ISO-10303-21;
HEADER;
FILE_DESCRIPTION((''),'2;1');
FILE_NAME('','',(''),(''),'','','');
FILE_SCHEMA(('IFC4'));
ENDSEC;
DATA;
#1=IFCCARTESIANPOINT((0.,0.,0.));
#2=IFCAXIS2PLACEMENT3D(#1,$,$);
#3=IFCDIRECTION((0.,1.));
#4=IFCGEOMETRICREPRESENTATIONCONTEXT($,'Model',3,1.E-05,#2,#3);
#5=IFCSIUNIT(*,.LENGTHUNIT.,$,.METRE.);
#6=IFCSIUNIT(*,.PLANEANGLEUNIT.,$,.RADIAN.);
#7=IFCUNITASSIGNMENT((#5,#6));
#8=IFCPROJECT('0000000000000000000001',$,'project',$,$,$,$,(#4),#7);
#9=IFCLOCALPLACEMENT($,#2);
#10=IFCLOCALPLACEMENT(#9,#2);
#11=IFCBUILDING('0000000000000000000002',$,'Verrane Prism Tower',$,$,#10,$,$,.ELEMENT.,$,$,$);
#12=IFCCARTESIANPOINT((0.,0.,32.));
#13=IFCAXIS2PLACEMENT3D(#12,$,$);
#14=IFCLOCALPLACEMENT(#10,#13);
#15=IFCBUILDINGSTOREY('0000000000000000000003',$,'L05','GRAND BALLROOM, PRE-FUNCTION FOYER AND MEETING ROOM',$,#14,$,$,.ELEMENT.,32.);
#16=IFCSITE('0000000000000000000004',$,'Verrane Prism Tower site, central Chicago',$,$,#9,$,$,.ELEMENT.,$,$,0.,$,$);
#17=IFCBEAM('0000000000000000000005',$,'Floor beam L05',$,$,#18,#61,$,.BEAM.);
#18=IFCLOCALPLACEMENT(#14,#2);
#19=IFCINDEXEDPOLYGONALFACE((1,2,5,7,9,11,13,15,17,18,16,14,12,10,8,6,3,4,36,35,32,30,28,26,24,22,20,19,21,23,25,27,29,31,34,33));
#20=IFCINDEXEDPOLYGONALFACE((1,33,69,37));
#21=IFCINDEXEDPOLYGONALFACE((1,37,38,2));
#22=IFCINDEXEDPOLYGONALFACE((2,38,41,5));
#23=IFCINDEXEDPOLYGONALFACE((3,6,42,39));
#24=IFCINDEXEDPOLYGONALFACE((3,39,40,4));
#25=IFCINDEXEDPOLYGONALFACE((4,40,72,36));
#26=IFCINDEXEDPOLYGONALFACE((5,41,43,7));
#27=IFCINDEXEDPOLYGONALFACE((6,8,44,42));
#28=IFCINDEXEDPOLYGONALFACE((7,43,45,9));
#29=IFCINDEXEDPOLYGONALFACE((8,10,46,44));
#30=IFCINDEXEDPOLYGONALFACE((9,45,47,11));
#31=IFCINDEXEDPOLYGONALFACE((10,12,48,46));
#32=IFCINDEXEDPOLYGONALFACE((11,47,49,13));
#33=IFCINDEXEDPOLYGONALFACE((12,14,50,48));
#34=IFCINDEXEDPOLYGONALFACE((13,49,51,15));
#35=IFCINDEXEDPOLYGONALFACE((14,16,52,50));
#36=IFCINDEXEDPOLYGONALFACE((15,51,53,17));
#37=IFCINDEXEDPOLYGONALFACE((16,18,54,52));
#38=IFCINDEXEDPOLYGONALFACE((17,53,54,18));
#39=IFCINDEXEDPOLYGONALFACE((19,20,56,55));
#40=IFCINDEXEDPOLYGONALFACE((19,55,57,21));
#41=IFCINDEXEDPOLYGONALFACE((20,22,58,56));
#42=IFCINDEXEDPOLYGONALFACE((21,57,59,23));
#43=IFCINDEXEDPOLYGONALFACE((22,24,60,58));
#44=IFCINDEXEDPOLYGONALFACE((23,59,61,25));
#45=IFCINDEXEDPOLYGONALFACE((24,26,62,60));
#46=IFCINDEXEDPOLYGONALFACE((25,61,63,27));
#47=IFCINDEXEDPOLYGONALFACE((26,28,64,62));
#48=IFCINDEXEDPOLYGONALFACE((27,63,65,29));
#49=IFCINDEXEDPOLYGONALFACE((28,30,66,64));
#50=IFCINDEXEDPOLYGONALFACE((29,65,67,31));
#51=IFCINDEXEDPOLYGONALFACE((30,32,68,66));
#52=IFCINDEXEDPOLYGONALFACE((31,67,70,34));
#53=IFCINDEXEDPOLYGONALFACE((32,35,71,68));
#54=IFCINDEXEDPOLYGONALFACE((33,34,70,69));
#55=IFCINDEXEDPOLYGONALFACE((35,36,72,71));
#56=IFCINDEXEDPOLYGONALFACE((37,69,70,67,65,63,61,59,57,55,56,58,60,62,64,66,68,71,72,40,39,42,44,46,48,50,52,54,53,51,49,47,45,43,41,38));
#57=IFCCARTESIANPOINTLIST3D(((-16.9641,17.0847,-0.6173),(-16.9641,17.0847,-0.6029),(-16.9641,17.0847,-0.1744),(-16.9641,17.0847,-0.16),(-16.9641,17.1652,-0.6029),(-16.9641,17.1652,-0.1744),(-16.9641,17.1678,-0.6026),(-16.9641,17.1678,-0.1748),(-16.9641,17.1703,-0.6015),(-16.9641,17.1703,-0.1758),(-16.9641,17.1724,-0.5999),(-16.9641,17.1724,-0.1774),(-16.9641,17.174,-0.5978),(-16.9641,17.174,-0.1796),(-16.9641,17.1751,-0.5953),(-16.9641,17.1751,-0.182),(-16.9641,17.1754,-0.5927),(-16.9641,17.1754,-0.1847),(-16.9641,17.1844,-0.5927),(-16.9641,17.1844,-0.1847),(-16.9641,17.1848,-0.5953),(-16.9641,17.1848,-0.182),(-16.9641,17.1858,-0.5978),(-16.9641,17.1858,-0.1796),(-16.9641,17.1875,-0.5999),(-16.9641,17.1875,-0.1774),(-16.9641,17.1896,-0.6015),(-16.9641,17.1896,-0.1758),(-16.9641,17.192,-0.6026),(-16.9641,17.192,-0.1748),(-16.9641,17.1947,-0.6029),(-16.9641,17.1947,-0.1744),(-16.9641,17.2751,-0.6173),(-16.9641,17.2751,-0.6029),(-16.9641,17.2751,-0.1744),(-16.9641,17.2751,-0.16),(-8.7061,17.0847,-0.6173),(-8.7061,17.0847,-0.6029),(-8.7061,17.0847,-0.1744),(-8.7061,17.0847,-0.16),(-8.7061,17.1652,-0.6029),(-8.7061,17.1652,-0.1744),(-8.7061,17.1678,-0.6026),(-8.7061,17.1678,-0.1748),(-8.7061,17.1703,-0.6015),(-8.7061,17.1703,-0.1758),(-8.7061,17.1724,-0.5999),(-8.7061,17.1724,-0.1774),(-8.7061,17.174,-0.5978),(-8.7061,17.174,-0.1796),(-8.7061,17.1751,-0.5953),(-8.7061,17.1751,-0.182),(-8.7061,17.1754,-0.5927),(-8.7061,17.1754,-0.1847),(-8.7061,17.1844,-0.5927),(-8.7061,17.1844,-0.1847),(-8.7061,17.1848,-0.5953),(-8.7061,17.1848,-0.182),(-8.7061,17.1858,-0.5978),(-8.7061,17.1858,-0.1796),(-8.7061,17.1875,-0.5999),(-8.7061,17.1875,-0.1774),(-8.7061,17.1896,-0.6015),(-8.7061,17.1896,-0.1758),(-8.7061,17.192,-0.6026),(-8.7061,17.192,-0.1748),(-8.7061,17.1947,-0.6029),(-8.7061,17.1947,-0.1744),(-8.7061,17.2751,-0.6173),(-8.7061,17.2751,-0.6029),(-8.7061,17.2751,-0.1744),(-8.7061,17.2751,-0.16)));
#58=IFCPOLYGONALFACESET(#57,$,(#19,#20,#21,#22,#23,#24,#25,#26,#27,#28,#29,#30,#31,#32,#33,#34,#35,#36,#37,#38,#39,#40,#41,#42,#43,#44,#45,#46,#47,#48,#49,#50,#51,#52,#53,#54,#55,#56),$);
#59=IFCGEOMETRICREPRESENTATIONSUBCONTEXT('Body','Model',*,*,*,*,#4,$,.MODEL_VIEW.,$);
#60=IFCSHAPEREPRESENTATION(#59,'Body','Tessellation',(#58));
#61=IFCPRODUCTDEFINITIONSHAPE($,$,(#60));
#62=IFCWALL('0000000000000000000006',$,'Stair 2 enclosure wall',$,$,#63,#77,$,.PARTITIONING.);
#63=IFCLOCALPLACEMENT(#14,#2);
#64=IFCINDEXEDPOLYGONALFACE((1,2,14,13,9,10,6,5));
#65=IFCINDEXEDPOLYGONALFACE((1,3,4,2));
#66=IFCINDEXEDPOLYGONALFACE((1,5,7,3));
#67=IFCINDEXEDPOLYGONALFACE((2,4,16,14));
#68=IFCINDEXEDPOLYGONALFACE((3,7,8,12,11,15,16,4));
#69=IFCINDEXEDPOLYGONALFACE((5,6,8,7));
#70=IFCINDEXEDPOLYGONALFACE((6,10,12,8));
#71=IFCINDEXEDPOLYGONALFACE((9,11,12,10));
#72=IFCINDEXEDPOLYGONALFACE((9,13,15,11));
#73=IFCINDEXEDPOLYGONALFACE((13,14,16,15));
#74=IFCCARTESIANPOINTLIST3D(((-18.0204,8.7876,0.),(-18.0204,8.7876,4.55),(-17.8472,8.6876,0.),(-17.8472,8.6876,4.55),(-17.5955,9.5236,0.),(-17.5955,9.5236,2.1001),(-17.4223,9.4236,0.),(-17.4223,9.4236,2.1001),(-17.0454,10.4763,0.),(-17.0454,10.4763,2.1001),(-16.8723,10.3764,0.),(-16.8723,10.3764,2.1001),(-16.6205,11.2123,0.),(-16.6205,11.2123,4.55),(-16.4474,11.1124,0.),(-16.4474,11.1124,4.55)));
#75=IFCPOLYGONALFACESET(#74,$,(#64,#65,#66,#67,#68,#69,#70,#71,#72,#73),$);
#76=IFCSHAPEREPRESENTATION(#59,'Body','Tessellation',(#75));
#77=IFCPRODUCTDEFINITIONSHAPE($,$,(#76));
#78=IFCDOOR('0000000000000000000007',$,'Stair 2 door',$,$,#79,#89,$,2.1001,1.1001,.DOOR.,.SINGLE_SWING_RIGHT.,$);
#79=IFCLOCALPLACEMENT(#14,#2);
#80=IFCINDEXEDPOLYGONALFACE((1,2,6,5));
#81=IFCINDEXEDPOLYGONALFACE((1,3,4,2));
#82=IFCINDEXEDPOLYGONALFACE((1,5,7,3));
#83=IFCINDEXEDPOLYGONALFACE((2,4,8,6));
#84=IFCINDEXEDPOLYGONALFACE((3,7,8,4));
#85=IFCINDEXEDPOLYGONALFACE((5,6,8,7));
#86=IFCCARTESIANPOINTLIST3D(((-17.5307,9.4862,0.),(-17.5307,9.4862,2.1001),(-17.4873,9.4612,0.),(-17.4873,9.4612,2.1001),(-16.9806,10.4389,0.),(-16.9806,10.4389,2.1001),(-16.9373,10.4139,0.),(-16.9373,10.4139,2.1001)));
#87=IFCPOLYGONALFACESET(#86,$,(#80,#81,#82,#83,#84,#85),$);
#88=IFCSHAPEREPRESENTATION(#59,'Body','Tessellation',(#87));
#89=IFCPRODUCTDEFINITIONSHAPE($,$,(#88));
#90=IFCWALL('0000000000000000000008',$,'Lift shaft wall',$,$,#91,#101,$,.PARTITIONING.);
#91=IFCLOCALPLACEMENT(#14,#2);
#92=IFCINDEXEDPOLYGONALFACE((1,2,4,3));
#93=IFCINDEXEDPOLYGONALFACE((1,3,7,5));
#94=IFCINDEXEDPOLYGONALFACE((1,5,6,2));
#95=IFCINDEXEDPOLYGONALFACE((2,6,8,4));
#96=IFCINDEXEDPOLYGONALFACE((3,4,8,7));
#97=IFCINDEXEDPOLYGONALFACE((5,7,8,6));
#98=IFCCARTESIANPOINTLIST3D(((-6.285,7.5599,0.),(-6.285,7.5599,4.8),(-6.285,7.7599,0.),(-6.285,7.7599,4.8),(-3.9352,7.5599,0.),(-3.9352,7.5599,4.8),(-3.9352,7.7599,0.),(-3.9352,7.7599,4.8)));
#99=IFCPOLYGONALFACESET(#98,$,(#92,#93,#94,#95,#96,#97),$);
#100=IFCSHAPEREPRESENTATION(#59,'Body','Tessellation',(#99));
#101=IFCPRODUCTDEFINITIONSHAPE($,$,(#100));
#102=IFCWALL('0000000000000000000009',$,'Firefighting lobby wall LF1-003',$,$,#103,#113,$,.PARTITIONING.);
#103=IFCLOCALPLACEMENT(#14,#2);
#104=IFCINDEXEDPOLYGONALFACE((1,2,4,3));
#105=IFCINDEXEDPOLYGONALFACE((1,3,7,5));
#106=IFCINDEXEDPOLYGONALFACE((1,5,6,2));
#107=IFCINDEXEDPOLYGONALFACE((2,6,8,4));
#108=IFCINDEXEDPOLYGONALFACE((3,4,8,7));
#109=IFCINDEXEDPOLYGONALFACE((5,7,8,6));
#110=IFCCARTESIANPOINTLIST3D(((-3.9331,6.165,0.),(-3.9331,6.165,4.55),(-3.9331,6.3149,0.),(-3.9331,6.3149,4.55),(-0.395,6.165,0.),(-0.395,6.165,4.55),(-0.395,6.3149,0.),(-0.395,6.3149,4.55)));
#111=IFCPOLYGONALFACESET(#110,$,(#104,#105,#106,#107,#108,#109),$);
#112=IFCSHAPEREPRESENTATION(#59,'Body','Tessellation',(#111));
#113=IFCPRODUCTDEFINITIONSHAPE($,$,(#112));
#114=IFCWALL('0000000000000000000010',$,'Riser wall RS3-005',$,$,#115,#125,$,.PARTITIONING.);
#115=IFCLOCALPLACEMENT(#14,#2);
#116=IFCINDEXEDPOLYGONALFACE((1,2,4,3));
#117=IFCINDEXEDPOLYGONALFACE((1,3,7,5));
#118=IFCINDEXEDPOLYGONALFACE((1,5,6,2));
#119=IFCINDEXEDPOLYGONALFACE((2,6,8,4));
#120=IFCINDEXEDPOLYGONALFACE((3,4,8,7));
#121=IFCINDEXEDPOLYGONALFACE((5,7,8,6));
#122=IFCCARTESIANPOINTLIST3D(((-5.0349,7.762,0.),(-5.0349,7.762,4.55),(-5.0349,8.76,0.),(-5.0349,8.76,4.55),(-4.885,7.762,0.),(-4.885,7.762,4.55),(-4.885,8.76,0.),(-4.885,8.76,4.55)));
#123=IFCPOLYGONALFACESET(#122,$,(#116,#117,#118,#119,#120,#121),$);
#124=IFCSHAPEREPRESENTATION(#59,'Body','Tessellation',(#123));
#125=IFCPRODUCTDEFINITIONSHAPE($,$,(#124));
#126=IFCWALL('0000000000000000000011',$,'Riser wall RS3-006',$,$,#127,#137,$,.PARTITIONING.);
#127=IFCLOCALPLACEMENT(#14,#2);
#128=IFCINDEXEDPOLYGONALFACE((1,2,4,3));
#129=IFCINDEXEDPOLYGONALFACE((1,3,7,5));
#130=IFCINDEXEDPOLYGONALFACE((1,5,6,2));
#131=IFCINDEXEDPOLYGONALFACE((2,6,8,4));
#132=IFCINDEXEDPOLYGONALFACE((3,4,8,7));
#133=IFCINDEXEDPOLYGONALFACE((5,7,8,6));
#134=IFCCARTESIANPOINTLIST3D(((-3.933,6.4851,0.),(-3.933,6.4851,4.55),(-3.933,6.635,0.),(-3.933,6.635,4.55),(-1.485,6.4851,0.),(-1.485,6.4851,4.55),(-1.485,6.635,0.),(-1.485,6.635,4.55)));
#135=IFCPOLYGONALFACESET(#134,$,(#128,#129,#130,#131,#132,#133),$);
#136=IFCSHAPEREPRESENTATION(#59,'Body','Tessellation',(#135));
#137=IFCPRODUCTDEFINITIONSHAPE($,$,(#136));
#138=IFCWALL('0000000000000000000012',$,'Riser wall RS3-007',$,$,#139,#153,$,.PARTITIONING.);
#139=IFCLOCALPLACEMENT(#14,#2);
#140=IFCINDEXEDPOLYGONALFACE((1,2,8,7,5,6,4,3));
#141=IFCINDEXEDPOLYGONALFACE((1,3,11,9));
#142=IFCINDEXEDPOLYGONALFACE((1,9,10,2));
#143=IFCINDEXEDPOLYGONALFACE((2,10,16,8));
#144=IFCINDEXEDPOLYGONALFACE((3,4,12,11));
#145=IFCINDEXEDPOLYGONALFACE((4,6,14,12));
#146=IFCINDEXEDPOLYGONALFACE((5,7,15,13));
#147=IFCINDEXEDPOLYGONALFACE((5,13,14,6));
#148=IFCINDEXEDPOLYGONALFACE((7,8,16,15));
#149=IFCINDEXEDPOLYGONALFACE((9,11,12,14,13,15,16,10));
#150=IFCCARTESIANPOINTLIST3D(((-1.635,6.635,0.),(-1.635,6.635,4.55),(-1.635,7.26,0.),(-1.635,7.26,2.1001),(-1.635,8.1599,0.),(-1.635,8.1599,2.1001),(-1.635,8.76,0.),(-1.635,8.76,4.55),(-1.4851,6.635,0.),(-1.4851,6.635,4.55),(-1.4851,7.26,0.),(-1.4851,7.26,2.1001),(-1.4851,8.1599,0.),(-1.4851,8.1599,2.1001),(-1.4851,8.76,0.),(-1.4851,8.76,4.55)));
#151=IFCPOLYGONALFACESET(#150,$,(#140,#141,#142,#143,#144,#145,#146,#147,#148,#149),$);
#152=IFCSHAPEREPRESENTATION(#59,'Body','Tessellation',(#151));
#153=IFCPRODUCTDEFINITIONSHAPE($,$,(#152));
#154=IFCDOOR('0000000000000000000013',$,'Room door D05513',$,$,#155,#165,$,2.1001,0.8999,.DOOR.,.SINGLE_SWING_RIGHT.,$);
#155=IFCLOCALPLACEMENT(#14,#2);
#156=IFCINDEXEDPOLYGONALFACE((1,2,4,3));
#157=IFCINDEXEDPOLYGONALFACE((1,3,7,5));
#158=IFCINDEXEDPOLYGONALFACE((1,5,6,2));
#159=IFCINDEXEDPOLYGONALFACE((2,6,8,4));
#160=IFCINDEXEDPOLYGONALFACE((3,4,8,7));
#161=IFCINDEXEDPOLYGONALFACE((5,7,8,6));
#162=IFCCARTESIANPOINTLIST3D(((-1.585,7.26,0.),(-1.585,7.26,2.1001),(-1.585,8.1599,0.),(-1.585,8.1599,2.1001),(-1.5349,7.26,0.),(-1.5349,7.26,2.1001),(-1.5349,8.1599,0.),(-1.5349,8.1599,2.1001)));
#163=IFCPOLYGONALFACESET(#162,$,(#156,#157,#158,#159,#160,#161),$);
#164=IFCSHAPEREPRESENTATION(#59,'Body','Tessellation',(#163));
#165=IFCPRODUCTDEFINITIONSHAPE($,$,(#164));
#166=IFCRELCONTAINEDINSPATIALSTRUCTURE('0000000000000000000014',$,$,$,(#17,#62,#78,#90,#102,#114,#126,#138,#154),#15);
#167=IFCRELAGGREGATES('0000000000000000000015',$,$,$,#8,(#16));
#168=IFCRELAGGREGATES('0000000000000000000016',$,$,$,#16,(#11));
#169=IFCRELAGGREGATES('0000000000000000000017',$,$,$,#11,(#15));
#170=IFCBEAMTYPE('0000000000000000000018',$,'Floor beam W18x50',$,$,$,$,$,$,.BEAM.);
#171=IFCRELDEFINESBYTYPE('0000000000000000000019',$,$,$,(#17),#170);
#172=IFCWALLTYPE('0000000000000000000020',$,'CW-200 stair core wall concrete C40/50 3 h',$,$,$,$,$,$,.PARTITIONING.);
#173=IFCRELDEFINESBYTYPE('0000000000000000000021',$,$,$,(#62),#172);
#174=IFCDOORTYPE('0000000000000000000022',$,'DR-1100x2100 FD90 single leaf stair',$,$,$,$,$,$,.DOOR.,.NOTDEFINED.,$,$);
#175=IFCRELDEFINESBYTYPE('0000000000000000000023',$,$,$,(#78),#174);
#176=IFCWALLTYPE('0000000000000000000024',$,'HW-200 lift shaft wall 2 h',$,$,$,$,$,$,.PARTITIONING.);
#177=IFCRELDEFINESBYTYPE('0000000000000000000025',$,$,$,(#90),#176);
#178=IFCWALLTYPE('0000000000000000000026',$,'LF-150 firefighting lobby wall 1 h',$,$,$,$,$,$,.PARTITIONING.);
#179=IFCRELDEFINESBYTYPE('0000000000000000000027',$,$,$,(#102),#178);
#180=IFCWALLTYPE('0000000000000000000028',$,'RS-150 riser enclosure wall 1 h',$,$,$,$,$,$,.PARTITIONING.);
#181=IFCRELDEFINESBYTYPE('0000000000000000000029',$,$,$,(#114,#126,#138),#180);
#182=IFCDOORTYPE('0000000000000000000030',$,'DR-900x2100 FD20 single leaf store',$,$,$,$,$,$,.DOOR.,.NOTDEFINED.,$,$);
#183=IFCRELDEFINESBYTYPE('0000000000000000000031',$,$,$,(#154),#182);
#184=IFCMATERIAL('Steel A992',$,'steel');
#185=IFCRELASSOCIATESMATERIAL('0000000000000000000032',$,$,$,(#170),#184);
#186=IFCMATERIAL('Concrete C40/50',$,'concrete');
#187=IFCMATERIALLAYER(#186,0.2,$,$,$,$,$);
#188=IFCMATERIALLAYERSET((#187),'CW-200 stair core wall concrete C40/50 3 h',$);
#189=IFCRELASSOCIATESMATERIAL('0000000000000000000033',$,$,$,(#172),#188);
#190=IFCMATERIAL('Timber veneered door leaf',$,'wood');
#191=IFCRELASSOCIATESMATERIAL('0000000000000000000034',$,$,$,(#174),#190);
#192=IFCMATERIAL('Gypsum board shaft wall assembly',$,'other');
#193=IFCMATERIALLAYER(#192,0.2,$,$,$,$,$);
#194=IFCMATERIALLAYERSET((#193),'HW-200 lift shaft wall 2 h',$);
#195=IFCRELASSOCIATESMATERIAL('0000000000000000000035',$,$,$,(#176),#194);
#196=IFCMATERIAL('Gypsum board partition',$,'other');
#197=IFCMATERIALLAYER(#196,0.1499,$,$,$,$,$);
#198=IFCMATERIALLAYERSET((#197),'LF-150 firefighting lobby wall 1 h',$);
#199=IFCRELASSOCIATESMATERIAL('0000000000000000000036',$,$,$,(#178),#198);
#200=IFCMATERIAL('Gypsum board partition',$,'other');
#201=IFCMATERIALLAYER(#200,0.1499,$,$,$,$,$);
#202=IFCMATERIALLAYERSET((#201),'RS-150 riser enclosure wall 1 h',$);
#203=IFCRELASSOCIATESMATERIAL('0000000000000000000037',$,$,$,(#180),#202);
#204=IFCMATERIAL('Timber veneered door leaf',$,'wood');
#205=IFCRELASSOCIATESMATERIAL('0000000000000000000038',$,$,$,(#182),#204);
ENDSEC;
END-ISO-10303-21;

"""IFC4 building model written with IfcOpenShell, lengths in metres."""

from ifc_helpers import new_model, si_unit, direction, frame, frame_2d, origin, origin_2d, place, context, subcontext, project, spatial, rectangle, i_section, extrude, material, layer, layer_set, material_profile, profile_set, type_object, element, fill, save


model = new_model("IFC4")

# Units and contexts
model_context = context("Model", 3, precision=1e-05, world=origin(), true_north=direction((0.0, 1.0)))
body_context = subcontext(model_context, "Body", "Model", "MODEL_VIEW")
ifc_project = project(units=[si_unit("LENGTHUNIT", "METRE"), si_unit("PLANEANGLEUNIT", "RADIAN")], contexts=[model_context])

# Site, building, storey
site_placement = place(None, origin())
site = spatial("IfcSite", under=ifc_project, at=site_placement, Name="Verrane Prism Tower site, central Chicago", CompositionType="ELEMENT", RefElevation=0.0)
building_placement = place(site_placement, origin())
building = spatial("IfcBuilding", under=site, at=building_placement, Name="Verrane Prism Tower", CompositionType="ELEMENT")
storey_placement = place(building_placement, frame((0.0, 0.0, 32.0)))
storey = spatial("IfcBuildingStorey", under=building, at=storey_placement, Name="L05", Description="GRAND BALLROOM, PRE-FUNCTION FOYER AND MEETING ROOM", CompositionType="ELEMENT", Elevation=32.0)

# Beam
ifc_material_1 = material(Name="Steel A992", Category="steel")
ifc_material_profile_1 = material_profile(ifc_material_1, i_section(OverallWidth=0.1904, OverallDepth=0.4573, WebThickness=0.009, FlangeThickness=0.0144, FilletRadius=0.0103, at=origin_2d()), Name="W18x50")
ifc_profile_set_1 = profile_set([ifc_material_profile_1], Name="Steel A992")
beam_type_1 = type_object("IfcBeamType", Name="Floor beam W18x50", PredefinedType="BEAM", material=ifc_profile_set_1)
for number, where, z_axis, x_axis, name in (
    (1, (-16.9641, 17.1799, -0.3887), (1.0, 0.0, 0.0), (0.0, 1.0, 0.0), "Floor beam L05"),
):
    element("IfcBeam", number, at=place(storey_placement, frame(where, z_axis=z_axis, x_axis=x_axis)), inside=storey, type_object=beam_type_1, Name=name, PredefinedType="BEAM", context=body_context, shape_type="SweptSolid", body=[
        extrude(i_section(OverallWidth=0.1904, OverallDepth=0.4573, WebThickness=0.009, FlangeThickness=0.0144, FilletRadius=0.0103, at=origin_2d()), origin(), (0.0, 0.0, 1.0), 8.2581),
    ])

# Wall, opening, door
ifc_material_2 = material(Name="Concrete C40/50", Category="concrete")
ifc_layer_1 = layer(ifc_material_2, 0.2)
ifc_layer_set_1 = layer_set([ifc_layer_1], Name="CW-200 stair core wall concrete C40/50 3 h")
wall_type_1 = type_object("IfcWallType", Name="CW-200 stair core wall concrete C40/50 3 h", PredefinedType="PARTITIONING", material=ifc_layer_set_1)
wall_1_placement = place(storey_placement, frame((-16.5339, 11.1624, 0.0), z_axis=(0.0, 0.0, 1.0), x_axis=(-0.499984, -0.866035, 0.0)))
wall_1 = element("IfcWall", 2, at=wall_1_placement, inside=storey, type_object=wall_type_1, Name="Stair 2 enclosure wall", PredefinedType="PARTITIONING", context=body_context, shape_type="SweptSolid", body=[
    extrude(rectangle(XDim=2.7998, YDim=0.2, at=frame_2d((1.3999, 0.0))), origin(), (0.0, 0.0, 1.0), 4.55),
])
opening_1_placement = place(wall_1_placement, frame((0.8499, 0.0, 0.0)))
opening_1 = element("IfcOpeningElement", 3, at=opening_1_placement, cuts=wall_1, PredefinedType="OPENING", context=body_context, shape_type="SweptSolid", body=[
    extrude(rectangle(XDim=1.1001, YDim=2.1001, at=frame_2d((0.55, 1.05))), frame((0.0, 0.1099, 0.0), z_axis=(0.0, -1.0, 0.0), x_axis=(1.0, 0.0, 0.0)), (0.0, 0.0, 1.0), 0.22),
])
ifc_material_3 = material(Name="Timber veneered door leaf", Category="wood")
door_type_1 = type_object("IfcDoorType", Name="DR-1100x2100 FD90 single leaf stair", OperationType="NOTDEFINED", PredefinedType="DOOR", material=ifc_material_3)
door_1_placement = place(opening_1_placement, origin())
door_1 = element("IfcDoor", 4, at=door_1_placement, inside=storey, type_object=door_type_1, Name="Stair 2 door", OperationType="SINGLE_SWING_RIGHT", OverallHeight=2.1001, OverallWidth=1.1001, PredefinedType="DOOR", context=body_context, shape_type="SweptSolid", body=[
    extrude(rectangle(XDim=1.1001, YDim=2.1001, at=frame_2d((0.55, 1.05))), frame((0.0, 0.0249, 0.0), z_axis=(0.0, -1.0, 0.0), x_axis=(1.0, 0.0, 0.0)), (0.0, 0.0, 1.0), 0.05),
])
fill(opening_1, door_1)

# Walls
ifc_material_4 = material(Name="Gypsum board shaft wall assembly", Category="other")
ifc_layer_2 = layer(ifc_material_4, 0.2)
ifc_layer_set_2 = layer_set([ifc_layer_2], Name="HW-200 lift shaft wall 2 h")
wall_type_2 = type_object("IfcWallType", Name="HW-200 lift shaft wall 2 h", PredefinedType="PARTITIONING", material=ifc_layer_set_2)
wall_2_placement = place(storey_placement, frame((-6.2849, 7.6599, 0.0), z_axis=(0.0, 0.0, 1.0), x_axis=(1.0, 0.0, 0.0)))
element("IfcWall", 5, at=wall_2_placement, inside=storey, type_object=wall_type_2, Name="Lift shaft wall", PredefinedType="PARTITIONING", context=body_context, shape_type="SweptSolid", body=[
    extrude(rectangle(XDim=2.3499, YDim=0.2, at=frame_2d((1.1748, 0.0))), origin(), (0.0, 0.0, 1.0), 4.8),
])
ifc_material_5 = material(Name="Gypsum board partition", Category="other")
ifc_layer_3 = layer(ifc_material_5, 0.1499)
ifc_layer_set_3 = layer_set([ifc_layer_3], Name="LF-150 firefighting lobby wall 1 h")
wall_type_3 = type_object("IfcWallType", Name="LF-150 firefighting lobby wall 1 h", PredefinedType="PARTITIONING", material=ifc_layer_set_3)
wall_3_placement = place(storey_placement, frame((-3.9331, 6.24, 0.0), z_axis=(0.0, 0.0, 1.0), x_axis=(1.0, 0.0, 0.0)))
element("IfcWall", 6, at=wall_3_placement, inside=storey, type_object=wall_type_3, Name="Firefighting lobby wall LF1-003", PredefinedType="PARTITIONING", context=body_context, shape_type="SweptSolid", body=[
    extrude(rectangle(XDim=3.5381, YDim=0.1499, at=frame_2d((1.769, 0.0))), origin(), (0.0, 0.0, 1.0), 4.55),
])
ifc_material_6 = material(Name="Gypsum board partition", Category="other")
ifc_layer_4 = layer(ifc_material_6, 0.1499)
ifc_layer_set_4 = layer_set([ifc_layer_4], Name="RS-150 riser enclosure wall 1 h")
wall_type_4 = type_object("IfcWallType", Name="RS-150 riser enclosure wall 1 h", PredefinedType="PARTITIONING", material=ifc_layer_set_4)
wall_4_placement = place(storey_placement, frame((-4.96, 7.762, 0.0), z_axis=(0.0, 0.0, 1.0), x_axis=(0.0, 1.0, 0.0)))
element("IfcWall", 7, at=wall_4_placement, inside=storey, type_object=wall_type_4, Name="Riser wall RS3-005", PredefinedType="PARTITIONING", context=body_context, shape_type="SweptSolid", body=[
    extrude(rectangle(XDim=0.998, YDim=0.1499, at=frame_2d((0.499, 0.0))), origin(), (0.0, 0.0, 1.0), 4.55),
])
wall_5_placement = place(storey_placement, frame((-3.9331, 6.5601, 0.0), z_axis=(0.0, 0.0, 1.0), x_axis=(1.0, 0.0, 0.0)))
element("IfcWall", 8, at=wall_5_placement, inside=storey, type_object=wall_type_4, Name="Riser wall RS3-006", PredefinedType="PARTITIONING", context=body_context, shape_type="SweptSolid", body=[
    extrude(rectangle(XDim=2.448, YDim=0.1499, at=frame_2d((1.2241, 0.0))), origin(), (0.0, 0.0, 1.0), 4.55),
])

# Wall, opening, door
wall_6_placement = place(storey_placement, frame((-1.5601, 6.635, 0.0), z_axis=(0.0, 0.0, 1.0), x_axis=(0.0, 1.0, 0.0)))
wall_6 = element("IfcWall", 9, at=wall_6_placement, inside=storey, type_object=wall_type_4, Name="Riser wall RS3-007", PredefinedType="PARTITIONING", context=body_context, shape_type="SweptSolid", body=[
    extrude(rectangle(XDim=2.125, YDim=0.1499, at=frame_2d((1.0625, 0.0))), origin(), (0.0, 0.0, 1.0), 4.55),
])
opening_2_placement = place(wall_6_placement, frame((0.625, 0.0, 0.0)))
opening_2 = element("IfcOpeningElement", 10, at=opening_2_placement, cuts=wall_6, PredefinedType="OPENING", context=body_context, shape_type="SweptSolid", body=[
    extrude(rectangle(XDim=0.8999, YDim=2.1001, at=frame_2d((0.45, 1.05))), frame((0.0, 0.085, 0.0), z_axis=(0.0, -1.0, 0.0), x_axis=(1.0, 0.0, 0.0)), (0.0, 0.0, 1.0), 0.1699),
])
ifc_material_7 = material(Name="Timber veneered door leaf", Category="wood")
door_type_2 = type_object("IfcDoorType", Name="DR-900x2100 FD20 single leaf store", OperationType="NOTDEFINED", PredefinedType="DOOR", material=ifc_material_7)
door_2_placement = place(opening_2_placement, origin())
door_2 = element("IfcDoor", 11, at=door_2_placement, inside=storey, type_object=door_type_2, Name="Room door D05513", OperationType="SINGLE_SWING_RIGHT", OverallHeight=2.1001, OverallWidth=0.8999, PredefinedType="DOOR", context=body_context, shape_type="SweptSolid", body=[
    extrude(rectangle(XDim=0.8999, YDim=2.1001, at=frame_2d((0.45, 1.05))), frame((0.0, 0.0249, 0.0), z_axis=(0.0, -1.0, 0.0), x_axis=(1.0, 0.0, 0.0)), (0.0, 0.0, 1.0), 0.05),
])
fill(opening_2, door_2)

save(model, "model.ifc")
